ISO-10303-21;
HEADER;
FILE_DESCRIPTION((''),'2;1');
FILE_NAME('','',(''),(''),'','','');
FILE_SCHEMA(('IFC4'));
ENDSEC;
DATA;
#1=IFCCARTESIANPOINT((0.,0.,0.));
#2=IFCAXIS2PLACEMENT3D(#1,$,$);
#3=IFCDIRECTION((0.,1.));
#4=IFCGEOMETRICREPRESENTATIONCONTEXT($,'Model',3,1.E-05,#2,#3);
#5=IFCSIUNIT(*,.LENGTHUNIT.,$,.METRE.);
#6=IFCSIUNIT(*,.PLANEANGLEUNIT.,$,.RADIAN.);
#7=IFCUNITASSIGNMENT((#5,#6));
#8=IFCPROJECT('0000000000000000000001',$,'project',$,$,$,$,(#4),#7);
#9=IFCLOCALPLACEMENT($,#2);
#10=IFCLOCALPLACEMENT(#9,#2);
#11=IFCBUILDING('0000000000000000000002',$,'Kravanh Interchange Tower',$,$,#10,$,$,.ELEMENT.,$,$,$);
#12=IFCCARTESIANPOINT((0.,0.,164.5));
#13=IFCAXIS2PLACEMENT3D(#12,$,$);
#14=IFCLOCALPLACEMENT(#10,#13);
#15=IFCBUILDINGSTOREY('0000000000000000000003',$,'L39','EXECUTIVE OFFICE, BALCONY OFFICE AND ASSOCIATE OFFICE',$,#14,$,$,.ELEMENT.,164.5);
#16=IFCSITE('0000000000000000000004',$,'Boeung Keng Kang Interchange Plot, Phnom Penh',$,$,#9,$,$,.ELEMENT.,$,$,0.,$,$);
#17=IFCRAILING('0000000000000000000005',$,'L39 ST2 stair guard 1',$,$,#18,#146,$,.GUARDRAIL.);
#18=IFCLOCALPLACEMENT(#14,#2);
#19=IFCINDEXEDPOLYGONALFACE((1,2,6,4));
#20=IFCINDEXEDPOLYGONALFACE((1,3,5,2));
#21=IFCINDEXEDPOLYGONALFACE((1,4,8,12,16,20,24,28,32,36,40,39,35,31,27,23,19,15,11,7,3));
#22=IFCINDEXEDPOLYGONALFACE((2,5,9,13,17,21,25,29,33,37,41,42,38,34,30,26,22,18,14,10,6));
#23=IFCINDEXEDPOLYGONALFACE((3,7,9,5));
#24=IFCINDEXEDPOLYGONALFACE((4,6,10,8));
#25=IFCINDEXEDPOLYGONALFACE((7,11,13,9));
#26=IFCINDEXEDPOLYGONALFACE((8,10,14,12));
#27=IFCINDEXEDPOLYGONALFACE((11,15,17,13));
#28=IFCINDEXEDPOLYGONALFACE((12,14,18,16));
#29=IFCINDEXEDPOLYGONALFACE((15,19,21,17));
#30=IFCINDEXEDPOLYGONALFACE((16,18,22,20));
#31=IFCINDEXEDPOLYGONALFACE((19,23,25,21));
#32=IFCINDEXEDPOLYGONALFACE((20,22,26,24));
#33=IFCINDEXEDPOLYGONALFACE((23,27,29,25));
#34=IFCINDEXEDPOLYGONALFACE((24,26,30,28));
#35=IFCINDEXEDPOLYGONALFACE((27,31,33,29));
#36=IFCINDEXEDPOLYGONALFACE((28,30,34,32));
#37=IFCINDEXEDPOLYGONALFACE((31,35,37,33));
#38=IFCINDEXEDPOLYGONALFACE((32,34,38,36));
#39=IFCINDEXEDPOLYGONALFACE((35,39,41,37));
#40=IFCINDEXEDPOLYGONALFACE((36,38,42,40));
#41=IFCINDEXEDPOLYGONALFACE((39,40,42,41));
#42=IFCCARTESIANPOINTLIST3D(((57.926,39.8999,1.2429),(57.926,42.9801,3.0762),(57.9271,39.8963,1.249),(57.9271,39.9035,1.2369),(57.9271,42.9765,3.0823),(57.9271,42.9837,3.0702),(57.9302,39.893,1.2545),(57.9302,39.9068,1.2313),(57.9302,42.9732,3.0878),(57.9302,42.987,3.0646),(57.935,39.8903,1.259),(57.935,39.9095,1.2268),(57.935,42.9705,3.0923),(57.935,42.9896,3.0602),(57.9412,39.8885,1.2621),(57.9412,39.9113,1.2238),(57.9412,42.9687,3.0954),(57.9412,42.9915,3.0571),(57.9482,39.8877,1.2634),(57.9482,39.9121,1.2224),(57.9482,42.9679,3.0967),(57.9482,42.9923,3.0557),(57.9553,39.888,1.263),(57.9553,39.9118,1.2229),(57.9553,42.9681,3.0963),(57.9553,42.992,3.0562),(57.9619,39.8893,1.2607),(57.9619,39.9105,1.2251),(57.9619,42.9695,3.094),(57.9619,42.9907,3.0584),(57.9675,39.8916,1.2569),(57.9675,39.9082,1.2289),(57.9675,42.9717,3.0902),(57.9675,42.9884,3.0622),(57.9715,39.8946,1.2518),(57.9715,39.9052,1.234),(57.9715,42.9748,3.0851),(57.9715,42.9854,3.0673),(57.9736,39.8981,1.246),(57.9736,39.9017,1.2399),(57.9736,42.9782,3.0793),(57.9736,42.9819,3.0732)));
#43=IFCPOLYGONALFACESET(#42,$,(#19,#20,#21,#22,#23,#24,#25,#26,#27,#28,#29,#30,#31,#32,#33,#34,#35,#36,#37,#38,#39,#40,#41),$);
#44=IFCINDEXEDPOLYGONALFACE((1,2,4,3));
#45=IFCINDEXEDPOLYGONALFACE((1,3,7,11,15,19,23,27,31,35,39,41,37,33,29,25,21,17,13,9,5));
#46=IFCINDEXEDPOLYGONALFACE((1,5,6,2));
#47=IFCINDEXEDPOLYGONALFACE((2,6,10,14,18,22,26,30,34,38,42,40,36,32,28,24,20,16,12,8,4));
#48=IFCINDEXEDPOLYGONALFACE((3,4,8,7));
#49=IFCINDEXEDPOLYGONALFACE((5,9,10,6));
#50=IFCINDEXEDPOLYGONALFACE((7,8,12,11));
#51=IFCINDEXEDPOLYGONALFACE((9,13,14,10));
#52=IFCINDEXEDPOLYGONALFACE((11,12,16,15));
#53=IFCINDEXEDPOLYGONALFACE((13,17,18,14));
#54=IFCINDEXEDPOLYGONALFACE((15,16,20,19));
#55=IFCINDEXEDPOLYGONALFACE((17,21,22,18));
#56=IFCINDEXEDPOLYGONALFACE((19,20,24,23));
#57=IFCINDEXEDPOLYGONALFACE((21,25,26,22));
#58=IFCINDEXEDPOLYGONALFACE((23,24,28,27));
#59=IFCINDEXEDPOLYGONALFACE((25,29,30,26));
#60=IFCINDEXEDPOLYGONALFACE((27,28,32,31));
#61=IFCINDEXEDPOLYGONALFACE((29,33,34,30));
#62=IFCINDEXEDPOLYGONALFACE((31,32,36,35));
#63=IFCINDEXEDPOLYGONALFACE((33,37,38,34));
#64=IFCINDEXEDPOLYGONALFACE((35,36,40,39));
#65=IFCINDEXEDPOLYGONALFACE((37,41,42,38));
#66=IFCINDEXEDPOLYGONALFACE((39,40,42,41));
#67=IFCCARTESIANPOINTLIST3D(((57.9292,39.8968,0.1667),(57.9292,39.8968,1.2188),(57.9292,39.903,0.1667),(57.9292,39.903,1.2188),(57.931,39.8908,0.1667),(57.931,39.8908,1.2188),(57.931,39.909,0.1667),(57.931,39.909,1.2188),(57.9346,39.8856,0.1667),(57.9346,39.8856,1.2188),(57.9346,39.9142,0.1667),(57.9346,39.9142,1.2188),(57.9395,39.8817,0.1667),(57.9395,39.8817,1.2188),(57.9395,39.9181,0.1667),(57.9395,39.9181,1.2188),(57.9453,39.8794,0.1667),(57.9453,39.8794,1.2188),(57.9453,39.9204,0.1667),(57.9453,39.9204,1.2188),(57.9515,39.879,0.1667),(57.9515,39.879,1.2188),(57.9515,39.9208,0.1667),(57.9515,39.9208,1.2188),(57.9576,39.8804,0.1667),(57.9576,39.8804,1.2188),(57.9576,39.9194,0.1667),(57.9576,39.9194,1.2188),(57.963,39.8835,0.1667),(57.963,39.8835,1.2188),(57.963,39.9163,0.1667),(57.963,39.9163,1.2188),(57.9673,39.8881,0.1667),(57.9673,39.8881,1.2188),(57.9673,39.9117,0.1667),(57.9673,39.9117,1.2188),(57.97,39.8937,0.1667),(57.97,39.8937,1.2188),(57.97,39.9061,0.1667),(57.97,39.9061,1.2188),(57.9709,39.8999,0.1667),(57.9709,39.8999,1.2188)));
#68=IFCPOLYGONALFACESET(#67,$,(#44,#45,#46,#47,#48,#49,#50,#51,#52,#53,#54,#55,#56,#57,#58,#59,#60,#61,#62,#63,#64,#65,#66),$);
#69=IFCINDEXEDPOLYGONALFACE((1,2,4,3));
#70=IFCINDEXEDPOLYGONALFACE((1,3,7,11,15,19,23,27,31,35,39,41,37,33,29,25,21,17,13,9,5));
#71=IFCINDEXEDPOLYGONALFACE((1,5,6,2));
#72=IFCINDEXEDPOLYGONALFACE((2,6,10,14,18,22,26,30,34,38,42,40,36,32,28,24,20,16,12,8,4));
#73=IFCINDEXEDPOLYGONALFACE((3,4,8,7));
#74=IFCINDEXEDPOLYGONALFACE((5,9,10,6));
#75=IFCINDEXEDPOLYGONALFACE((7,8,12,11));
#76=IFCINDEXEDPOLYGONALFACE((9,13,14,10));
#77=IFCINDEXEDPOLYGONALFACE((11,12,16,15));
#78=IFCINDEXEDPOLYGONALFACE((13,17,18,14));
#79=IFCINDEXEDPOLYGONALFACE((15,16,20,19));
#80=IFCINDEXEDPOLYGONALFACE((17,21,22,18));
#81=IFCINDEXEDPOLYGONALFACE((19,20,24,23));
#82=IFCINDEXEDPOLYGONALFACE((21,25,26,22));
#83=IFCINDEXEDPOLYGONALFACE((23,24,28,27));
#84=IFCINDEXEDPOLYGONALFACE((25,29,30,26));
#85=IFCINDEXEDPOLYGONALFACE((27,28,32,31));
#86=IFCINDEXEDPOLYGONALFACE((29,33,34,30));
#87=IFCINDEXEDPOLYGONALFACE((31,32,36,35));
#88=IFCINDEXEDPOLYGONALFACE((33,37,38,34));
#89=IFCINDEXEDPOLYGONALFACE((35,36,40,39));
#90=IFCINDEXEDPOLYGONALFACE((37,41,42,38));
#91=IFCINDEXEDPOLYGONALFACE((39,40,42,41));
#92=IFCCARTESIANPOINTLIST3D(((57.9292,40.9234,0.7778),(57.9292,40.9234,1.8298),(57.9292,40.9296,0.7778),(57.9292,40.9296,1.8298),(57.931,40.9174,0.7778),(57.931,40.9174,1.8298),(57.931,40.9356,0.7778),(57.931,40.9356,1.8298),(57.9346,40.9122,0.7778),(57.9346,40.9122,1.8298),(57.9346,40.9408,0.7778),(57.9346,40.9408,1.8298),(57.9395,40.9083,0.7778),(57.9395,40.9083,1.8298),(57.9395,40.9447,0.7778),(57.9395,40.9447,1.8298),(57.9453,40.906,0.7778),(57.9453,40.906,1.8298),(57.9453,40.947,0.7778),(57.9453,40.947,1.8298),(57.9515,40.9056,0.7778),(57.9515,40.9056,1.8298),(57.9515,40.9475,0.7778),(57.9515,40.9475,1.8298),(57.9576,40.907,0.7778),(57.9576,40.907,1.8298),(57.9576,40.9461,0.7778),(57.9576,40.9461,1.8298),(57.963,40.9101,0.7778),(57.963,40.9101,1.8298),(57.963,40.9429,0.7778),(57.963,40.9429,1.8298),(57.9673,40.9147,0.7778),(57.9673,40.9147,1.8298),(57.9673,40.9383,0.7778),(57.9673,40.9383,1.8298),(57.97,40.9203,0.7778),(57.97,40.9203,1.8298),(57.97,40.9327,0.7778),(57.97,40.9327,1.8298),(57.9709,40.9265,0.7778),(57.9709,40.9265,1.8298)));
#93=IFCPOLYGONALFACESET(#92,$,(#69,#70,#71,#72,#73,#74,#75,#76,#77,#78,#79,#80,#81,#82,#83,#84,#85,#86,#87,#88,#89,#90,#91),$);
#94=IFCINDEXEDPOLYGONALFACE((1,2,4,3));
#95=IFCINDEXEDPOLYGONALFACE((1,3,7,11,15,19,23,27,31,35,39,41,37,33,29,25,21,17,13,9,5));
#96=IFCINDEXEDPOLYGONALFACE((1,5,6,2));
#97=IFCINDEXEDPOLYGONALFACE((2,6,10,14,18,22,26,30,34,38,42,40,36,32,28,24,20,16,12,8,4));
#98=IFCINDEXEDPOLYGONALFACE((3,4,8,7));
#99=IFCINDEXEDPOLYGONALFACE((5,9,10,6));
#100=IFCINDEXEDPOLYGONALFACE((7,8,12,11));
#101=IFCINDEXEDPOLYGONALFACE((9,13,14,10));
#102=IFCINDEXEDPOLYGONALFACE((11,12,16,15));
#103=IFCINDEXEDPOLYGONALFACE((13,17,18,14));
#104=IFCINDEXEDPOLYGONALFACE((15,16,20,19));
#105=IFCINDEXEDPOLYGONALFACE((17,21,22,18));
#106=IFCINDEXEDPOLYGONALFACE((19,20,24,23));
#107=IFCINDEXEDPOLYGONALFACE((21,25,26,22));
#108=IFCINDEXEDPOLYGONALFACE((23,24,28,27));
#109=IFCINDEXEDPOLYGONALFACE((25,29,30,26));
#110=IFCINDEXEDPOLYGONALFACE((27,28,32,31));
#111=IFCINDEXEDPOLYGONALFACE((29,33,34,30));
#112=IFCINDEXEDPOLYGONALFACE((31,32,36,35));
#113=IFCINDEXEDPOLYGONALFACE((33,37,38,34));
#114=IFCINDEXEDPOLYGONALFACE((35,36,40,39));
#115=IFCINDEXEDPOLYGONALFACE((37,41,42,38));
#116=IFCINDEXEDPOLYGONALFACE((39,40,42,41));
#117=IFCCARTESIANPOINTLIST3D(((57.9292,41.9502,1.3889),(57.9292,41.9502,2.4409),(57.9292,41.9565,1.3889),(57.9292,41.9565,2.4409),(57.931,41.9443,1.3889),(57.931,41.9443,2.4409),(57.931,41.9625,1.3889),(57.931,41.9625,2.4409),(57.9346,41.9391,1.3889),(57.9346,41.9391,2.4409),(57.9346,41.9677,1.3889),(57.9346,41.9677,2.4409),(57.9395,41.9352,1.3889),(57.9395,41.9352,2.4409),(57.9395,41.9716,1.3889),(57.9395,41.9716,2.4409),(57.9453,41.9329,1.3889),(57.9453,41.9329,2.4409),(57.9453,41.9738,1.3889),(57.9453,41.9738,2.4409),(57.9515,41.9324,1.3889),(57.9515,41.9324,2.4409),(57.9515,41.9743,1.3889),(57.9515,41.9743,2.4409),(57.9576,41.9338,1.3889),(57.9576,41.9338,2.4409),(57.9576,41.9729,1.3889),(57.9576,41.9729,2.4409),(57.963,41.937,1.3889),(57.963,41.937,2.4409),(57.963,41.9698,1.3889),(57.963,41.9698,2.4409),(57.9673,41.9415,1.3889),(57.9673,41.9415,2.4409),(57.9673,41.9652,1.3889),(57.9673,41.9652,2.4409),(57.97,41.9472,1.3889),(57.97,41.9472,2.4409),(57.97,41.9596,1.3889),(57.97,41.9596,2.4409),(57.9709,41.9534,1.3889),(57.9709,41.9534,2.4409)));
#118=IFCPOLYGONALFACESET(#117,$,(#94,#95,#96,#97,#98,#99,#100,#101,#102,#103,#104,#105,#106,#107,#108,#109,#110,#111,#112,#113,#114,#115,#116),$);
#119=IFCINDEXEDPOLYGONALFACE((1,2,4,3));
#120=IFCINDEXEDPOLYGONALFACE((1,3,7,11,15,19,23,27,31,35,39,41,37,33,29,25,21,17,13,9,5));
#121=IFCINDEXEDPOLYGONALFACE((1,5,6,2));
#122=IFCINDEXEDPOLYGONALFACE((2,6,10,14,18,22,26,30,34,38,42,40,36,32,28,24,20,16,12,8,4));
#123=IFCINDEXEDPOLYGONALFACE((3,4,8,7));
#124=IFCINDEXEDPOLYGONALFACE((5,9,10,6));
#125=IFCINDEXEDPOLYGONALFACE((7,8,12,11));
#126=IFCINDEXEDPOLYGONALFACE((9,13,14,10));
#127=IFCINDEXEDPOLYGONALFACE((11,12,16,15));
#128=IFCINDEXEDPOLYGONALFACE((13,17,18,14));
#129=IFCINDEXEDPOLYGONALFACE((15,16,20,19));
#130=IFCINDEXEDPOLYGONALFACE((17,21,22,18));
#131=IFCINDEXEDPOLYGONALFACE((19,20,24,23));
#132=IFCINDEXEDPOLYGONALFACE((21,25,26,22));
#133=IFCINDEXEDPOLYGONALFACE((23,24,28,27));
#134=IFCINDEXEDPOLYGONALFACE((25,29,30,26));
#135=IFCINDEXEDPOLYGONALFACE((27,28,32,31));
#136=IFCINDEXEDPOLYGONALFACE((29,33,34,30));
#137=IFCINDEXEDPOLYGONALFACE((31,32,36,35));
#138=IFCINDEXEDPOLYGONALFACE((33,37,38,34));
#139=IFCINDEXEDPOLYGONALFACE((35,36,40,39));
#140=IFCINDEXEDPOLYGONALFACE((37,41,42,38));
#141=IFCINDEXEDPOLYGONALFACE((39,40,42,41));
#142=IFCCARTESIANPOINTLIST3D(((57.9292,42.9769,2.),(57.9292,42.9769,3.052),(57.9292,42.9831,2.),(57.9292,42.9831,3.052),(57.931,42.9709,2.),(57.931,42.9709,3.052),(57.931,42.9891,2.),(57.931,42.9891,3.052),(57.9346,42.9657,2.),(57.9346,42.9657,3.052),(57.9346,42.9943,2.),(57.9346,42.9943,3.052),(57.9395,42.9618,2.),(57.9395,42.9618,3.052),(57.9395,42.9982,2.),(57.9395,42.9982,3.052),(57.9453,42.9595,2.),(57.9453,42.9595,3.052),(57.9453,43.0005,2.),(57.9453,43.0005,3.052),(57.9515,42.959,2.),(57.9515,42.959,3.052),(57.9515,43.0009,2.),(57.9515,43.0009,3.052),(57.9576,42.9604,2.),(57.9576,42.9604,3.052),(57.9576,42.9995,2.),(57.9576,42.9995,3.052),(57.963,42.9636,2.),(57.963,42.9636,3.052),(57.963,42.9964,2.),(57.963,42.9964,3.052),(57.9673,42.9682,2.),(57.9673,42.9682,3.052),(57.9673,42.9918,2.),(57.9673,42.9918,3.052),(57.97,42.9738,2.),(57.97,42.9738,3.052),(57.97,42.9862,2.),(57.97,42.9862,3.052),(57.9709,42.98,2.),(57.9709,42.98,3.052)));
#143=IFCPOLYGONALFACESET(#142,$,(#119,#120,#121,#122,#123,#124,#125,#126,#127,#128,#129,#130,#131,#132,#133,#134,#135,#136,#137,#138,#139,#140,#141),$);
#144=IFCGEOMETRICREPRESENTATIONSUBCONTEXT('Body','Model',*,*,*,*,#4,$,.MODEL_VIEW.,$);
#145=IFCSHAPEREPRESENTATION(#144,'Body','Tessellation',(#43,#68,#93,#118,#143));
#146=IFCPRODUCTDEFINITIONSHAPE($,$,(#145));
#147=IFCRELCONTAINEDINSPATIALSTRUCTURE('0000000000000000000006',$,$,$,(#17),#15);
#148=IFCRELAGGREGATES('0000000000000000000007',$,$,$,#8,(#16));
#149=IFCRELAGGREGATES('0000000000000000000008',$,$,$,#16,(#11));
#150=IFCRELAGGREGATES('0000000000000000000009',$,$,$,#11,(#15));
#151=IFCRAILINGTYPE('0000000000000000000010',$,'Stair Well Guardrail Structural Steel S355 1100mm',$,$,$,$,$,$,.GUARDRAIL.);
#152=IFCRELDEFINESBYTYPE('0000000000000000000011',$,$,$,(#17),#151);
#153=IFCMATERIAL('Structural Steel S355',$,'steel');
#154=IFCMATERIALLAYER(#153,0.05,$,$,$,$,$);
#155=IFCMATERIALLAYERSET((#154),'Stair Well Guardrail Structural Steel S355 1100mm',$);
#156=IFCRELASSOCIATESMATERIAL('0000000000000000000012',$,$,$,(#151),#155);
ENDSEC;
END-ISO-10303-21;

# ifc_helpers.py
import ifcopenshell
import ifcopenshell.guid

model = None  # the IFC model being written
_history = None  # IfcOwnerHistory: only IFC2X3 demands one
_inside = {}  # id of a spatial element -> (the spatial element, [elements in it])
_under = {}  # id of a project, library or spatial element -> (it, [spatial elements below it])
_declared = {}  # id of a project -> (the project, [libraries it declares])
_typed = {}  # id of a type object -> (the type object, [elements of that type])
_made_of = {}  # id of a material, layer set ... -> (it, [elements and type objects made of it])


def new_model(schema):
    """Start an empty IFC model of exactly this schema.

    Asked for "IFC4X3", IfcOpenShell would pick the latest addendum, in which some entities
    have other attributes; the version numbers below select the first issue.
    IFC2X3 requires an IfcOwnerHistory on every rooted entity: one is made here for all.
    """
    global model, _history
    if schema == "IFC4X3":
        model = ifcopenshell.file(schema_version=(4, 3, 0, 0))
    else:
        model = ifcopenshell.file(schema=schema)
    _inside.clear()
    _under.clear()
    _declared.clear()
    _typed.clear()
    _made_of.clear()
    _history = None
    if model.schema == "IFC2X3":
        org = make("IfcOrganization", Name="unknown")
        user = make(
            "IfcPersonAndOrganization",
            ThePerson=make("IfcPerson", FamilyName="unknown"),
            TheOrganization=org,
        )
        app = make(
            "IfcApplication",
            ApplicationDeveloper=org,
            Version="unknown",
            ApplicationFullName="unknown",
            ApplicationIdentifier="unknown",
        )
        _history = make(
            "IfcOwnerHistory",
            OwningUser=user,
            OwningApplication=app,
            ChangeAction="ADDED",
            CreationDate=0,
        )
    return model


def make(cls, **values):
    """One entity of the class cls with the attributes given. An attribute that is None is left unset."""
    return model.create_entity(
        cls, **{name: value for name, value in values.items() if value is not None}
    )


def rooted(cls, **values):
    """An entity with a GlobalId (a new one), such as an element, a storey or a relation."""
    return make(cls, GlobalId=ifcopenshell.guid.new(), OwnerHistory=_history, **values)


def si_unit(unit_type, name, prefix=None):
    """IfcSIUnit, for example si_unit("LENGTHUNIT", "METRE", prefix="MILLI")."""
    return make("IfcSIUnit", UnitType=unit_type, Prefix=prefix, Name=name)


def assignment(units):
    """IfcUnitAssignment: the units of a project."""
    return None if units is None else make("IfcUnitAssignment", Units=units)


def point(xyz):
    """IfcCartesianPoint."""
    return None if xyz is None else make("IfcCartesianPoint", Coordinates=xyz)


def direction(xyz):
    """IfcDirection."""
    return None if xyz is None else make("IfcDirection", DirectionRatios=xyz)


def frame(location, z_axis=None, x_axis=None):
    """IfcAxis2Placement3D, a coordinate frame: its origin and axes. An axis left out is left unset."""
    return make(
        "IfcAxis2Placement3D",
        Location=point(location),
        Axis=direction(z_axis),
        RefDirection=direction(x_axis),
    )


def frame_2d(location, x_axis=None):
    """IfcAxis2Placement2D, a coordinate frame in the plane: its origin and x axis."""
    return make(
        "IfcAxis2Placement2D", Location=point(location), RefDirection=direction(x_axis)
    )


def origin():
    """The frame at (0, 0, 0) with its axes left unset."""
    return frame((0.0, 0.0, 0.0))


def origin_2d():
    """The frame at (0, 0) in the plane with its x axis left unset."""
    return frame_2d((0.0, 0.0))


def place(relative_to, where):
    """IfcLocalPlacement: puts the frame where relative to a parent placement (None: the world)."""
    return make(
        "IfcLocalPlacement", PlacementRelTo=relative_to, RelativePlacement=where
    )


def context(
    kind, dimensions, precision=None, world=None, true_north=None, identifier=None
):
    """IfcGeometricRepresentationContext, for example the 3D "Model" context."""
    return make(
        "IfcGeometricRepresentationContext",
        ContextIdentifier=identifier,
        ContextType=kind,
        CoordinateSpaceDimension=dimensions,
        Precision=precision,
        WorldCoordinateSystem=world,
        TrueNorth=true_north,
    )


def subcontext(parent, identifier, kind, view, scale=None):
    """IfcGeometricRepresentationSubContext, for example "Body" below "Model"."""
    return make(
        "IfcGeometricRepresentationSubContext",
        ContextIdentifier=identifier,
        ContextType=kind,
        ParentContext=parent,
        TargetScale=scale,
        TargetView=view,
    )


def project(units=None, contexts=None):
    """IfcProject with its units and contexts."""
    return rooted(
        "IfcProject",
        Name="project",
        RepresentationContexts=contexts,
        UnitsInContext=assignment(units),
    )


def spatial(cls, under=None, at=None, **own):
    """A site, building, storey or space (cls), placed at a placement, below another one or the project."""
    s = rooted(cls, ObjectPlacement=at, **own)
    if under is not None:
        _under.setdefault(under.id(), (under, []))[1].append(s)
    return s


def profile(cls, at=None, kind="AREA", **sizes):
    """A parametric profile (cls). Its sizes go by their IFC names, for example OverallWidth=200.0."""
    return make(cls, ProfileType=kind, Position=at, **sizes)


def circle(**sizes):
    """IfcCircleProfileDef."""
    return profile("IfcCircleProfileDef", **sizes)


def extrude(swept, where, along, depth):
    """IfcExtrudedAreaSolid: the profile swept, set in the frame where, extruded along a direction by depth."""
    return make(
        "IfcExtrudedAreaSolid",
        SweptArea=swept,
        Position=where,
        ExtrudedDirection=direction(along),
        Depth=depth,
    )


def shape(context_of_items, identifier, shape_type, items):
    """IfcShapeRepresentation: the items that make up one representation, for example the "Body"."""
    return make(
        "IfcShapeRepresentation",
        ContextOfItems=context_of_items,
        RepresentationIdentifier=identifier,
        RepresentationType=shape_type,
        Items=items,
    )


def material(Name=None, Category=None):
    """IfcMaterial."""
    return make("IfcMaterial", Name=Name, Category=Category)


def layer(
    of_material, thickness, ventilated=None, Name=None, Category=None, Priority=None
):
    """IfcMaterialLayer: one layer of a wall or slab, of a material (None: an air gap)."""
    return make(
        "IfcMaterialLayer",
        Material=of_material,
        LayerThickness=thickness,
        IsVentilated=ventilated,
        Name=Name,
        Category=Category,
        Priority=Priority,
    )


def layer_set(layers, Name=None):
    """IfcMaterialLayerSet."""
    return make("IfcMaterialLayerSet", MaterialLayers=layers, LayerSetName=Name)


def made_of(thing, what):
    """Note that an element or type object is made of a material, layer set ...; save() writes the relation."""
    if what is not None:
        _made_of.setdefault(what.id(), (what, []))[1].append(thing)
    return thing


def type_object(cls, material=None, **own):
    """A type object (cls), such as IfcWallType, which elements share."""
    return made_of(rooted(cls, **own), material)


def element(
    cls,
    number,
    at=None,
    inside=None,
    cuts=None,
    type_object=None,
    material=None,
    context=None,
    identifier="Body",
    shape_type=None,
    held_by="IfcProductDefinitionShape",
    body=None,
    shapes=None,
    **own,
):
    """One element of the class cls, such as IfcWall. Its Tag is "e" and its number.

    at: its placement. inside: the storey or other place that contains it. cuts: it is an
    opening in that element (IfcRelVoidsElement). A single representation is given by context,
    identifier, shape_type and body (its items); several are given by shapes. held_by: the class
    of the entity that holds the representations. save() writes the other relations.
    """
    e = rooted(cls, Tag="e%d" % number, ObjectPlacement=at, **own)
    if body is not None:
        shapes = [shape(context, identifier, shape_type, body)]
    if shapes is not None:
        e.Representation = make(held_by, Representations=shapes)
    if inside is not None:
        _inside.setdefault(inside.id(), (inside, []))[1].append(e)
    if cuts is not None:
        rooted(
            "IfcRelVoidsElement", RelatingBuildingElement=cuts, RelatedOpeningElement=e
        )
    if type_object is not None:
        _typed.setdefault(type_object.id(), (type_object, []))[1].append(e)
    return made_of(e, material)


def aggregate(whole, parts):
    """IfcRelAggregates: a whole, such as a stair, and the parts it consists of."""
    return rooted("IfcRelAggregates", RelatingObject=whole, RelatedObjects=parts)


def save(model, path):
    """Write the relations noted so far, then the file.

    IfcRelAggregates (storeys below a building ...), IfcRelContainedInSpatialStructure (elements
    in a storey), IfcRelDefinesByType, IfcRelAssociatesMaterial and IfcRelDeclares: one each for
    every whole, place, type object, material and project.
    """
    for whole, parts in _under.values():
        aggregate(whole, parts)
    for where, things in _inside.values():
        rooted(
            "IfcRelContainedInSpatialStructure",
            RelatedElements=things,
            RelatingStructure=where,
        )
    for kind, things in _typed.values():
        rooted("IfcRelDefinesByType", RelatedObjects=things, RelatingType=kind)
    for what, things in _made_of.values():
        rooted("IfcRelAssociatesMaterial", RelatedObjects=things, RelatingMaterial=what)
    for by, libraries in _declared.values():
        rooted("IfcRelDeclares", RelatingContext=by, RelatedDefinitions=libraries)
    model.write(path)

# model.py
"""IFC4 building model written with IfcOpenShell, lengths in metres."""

from ifc_helpers import new_model, si_unit, direction, frame, origin, origin_2d, place, context, subcontext, project, spatial, circle, extrude, material, layer, layer_set, type_object, element, save


model = new_model("IFC4")

# Units and contexts
model_context = context("Model", 3, precision=1e-05, world=origin(), true_north=direction((0.0, 1.0)))
body_context = subcontext(model_context, "Body", "Model", "MODEL_VIEW")
ifc_project = project(units=[si_unit("LENGTHUNIT", "METRE"), si_unit("PLANEANGLEUNIT", "RADIAN")], contexts=[model_context])

# Site, building, storey
site_placement = place(None, origin())
site = spatial("IfcSite", under=ifc_project, at=site_placement, Name="Boeung Keng Kang Interchange Plot, Phnom Penh", CompositionType="ELEMENT", RefElevation=0.0)
building_placement = place(site_placement, origin())
building = spatial("IfcBuilding", under=site, at=building_placement, Name="Kravanh Interchange Tower", CompositionType="ELEMENT")
storey_placement = place(building_placement, frame((0.0, 0.0, 164.5)))
storey = spatial("IfcBuildingStorey", under=building, at=storey_placement, Name="L39", Description="EXECUTIVE OFFICE, BALCONY OFFICE AND ASSOCIATE OFFICE", CompositionType="ELEMENT", Elevation=164.5)

# Railing
ifc_material_1 = material(Name="Structural Steel S355", Category="steel")
ifc_layer_1 = layer(ifc_material_1, 0.05)
ifc_layer_set_1 = layer_set([ifc_layer_1], Name="Stair Well Guardrail Structural Steel S355 1100mm")
railing_type_1 = type_object("IfcRailingType", Name="Stair Well Guardrail Structural Steel S355 1100mm", PredefinedType="GUARDRAIL", material=ifc_layer_set_1)
railing_1_placement = place(storey_placement, frame((57.95, 39.8999, 0.1667)))
element("IfcRailing", 1, at=railing_1_placement, inside=storey, type_object=railing_type_1, Name="L39 ST2 stair guard 1", PredefinedType="GUARDRAIL", context=body_context, shape_type="SweptSolid", body=[
    extrude(circle(Radius=0.0239, at=origin_2d()), frame((0.0, 0.0, 1.0762), z_axis=(0.0, 0.859309, 0.511458), x_axis=(-1.0, 0.0, 0.0)), (0.0, 0.0, 1.0), 3.5845),
    extrude(circle(Radius=0.021, at=origin_2d()), origin(), (0.0, 0.0, 1.0), 1.052),
    extrude(circle(Radius=0.021, at=origin_2d()), frame((0.0, 1.0266, 0.6111)), (0.0, 0.0, 1.0), 1.052),
    extrude(circle(Radius=0.021, at=origin_2d()), frame((0.0, 2.0535, 1.2222)), (0.0, 0.0, 1.0), 1.052),
    extrude(circle(Radius=0.021, at=origin_2d()), frame((0.0, 3.0801, 1.8333)), (0.0, 0.0, 1.0), 1.052),
])

save(model, "model.ifc")
